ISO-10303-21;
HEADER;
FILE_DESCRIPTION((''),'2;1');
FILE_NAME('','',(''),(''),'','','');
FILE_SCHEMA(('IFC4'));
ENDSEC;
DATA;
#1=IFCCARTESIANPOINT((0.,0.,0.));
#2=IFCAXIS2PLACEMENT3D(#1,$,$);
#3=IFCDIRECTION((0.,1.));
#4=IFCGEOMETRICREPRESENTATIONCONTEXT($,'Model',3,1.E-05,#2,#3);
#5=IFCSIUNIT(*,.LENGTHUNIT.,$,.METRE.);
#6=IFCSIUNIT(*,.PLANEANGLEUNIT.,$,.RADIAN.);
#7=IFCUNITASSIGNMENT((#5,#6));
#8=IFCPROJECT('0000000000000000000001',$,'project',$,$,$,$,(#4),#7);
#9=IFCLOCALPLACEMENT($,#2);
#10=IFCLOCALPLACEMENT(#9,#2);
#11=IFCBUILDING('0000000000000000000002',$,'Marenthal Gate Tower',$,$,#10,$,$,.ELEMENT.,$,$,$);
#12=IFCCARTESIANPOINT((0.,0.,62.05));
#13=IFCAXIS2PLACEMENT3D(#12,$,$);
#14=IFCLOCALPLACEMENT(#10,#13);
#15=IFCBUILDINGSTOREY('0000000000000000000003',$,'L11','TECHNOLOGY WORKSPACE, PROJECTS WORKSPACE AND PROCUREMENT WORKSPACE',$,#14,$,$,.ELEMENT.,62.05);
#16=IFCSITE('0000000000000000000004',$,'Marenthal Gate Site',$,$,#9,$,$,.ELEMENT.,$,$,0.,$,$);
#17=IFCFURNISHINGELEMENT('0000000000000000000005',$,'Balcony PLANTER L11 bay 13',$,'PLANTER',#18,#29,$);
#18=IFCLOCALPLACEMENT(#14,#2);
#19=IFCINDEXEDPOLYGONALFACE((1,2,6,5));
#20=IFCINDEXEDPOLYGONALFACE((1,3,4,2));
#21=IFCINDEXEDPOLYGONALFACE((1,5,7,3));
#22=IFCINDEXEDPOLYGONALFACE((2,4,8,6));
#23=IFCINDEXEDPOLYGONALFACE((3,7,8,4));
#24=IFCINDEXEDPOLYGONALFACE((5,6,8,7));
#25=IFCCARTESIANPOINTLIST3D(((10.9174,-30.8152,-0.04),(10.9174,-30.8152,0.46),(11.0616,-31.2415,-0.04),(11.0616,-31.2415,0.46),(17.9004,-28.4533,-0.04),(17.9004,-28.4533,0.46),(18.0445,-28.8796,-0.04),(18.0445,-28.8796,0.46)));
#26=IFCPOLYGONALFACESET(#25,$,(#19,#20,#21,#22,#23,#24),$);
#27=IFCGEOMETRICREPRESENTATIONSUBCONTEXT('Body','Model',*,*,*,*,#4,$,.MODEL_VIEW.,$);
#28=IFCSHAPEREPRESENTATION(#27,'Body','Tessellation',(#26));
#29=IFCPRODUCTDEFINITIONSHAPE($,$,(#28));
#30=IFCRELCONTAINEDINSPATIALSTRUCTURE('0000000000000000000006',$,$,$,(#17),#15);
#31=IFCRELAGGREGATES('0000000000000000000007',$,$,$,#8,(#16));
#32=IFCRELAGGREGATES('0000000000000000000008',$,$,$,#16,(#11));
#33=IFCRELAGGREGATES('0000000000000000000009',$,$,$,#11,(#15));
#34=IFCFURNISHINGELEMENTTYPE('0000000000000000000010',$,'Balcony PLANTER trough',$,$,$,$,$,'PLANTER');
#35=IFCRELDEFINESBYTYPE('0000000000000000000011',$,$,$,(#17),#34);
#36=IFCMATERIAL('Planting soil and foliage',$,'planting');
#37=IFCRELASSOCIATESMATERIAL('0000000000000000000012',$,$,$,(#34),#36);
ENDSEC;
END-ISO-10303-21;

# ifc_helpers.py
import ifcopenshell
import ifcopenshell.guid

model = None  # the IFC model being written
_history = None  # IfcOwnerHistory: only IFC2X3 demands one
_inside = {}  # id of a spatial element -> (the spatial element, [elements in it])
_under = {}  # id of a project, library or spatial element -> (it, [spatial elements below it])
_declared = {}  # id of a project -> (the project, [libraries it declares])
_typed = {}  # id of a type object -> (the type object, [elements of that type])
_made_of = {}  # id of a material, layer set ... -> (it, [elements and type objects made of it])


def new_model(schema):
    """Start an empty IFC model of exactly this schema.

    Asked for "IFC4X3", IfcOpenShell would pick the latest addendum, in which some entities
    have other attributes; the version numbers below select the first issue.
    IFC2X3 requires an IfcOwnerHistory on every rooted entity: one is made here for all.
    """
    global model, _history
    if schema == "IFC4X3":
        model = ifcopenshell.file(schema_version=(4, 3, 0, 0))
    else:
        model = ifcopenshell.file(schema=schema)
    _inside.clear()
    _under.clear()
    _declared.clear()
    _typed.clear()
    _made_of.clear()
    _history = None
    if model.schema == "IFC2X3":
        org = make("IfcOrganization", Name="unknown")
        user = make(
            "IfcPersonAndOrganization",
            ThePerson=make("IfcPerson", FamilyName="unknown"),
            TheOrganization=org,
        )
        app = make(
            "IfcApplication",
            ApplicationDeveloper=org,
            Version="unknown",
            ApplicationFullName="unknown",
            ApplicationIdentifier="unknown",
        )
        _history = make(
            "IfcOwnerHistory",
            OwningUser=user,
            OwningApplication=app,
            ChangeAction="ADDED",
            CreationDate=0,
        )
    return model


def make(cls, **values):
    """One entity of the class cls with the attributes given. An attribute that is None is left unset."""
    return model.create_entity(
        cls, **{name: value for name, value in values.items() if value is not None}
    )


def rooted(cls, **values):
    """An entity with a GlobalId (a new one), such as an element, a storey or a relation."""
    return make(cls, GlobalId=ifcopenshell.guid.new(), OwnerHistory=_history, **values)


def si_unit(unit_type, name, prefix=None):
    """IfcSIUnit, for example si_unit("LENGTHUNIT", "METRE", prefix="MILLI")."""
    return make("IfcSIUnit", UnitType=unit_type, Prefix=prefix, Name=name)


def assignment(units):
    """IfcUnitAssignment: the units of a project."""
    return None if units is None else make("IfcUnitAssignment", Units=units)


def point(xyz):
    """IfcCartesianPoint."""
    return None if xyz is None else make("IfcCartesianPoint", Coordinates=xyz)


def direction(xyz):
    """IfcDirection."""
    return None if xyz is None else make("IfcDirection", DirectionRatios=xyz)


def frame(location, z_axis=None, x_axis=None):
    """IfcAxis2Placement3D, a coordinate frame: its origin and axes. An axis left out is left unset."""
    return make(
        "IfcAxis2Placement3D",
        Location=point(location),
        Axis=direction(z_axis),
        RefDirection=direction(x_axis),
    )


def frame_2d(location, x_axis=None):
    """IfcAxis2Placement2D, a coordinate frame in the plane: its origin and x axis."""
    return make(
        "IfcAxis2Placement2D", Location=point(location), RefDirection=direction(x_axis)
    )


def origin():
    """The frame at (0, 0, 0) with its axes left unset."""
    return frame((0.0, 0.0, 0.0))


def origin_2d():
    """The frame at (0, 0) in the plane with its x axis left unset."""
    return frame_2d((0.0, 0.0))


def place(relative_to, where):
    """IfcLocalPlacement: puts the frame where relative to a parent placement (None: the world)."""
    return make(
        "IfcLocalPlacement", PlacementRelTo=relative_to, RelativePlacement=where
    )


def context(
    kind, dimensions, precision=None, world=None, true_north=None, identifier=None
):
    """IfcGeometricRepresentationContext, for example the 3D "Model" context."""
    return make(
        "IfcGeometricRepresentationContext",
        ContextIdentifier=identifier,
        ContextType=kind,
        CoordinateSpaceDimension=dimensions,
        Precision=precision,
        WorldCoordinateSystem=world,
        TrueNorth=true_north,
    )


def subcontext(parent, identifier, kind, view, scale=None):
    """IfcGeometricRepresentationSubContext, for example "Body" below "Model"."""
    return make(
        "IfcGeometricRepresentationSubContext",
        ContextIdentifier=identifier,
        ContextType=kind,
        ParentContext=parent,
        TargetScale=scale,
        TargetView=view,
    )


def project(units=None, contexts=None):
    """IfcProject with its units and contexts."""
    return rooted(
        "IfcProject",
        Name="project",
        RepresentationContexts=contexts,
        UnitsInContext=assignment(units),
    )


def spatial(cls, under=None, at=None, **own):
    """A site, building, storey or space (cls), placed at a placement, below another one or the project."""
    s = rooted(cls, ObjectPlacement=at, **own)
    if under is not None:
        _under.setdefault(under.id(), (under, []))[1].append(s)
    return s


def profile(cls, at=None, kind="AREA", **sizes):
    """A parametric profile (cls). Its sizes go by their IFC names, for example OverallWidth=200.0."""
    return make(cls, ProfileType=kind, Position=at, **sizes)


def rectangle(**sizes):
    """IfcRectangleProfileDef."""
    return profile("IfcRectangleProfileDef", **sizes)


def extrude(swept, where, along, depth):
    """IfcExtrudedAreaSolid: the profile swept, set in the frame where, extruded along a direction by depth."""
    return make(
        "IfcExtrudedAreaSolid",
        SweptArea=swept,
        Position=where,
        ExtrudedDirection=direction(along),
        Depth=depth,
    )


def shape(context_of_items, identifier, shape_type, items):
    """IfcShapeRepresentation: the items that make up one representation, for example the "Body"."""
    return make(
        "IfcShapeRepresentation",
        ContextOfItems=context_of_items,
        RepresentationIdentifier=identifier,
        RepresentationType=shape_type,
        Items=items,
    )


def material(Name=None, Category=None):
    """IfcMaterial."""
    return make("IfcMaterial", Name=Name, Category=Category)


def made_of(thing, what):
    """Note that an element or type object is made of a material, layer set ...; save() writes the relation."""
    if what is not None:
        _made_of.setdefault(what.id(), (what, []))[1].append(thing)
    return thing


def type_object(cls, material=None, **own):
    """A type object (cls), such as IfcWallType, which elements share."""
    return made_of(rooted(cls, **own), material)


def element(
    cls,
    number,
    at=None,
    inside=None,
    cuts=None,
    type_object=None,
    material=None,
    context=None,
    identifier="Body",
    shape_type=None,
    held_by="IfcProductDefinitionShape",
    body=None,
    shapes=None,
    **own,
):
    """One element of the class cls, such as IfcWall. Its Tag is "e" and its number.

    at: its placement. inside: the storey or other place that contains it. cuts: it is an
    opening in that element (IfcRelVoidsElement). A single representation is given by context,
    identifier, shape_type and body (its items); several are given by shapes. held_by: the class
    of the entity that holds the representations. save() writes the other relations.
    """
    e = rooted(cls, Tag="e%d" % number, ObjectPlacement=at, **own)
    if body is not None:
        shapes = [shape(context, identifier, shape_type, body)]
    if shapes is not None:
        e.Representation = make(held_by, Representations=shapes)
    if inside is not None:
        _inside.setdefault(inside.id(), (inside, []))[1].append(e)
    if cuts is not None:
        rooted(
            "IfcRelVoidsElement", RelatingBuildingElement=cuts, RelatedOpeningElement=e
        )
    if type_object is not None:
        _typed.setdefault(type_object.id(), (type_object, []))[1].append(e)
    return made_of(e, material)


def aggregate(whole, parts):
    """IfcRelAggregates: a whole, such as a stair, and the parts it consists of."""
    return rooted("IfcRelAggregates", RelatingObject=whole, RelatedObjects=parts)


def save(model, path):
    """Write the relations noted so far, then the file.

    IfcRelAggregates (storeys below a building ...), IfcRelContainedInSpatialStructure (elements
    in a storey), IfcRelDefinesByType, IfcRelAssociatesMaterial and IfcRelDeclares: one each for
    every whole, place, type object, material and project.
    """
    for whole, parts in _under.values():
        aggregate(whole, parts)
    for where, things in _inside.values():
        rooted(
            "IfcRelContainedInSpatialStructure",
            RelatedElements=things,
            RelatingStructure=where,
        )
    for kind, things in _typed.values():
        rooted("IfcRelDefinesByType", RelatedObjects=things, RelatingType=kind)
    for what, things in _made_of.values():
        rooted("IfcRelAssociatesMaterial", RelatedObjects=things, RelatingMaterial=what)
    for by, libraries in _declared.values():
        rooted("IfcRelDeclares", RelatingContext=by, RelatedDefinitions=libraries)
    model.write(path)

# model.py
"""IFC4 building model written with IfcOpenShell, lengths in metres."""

from ifc_helpers import new_model, si_unit, direction, frame, origin, origin_2d, place, context, subcontext, project, spatial, rectangle, extrude, material, type_object, element, save


model = new_model("IFC4")

# Units and contexts
model_context = context("Model", 3, precision=1e-05, world=origin(), true_north=direction((0.0, 1.0)))
body_context = subcontext(model_context, "Body", "Model", "MODEL_VIEW")
ifc_project = project(units=[si_unit("LENGTHUNIT", "METRE"), si_unit("PLANEANGLEUNIT", "RADIAN")], contexts=[model_context])

# Site, building, storey
site_placement = place(None, origin())
site = spatial("IfcSite", under=ifc_project, at=site_placement, Name="Marenthal Gate Site", CompositionType="ELEMENT", RefElevation=0.0)
building_placement = place(site_placement, origin())
building = spatial("IfcBuilding", under=site, at=building_placement, Name="Marenthal Gate Tower", CompositionType="ELEMENT")
storey_placement = place(building_placement, frame((0.0, 0.0, 62.05)))
storey = spatial("IfcBuildingStorey", under=building, at=storey_placement, Name="L11", Description="TECHNOLOGY WORKSPACE, PROJECTS WORKSPACE AND PROCUREMENT WORKSPACE", CompositionType="ELEMENT", Elevation=62.05)

# Furnishing element
ifc_material_1 = material(Name="Planting soil and foliage", Category="planting")
furnishing_element_type = type_object("IfcFurnishingElementType", Name="Balcony PLANTER trough", ElementType="PLANTER", material=ifc_material_1)
furnishing_placement = place(storey_placement, frame((14.481, -29.8474, -0.04), z_axis=(0.0, 0.0, 1.0), x_axis=(0.94728, 0.320406, 0.0)))
element("IfcFurnishingElement", 1, at=furnishing_placement, inside=storey, type_object=furnishing_element_type, Name="Balcony PLANTER L11 bay 13", ObjectType="PLANTER", context=body_context, shape_type="SweptSolid", body=[
    extrude(rectangle(XDim=7.3716, YDim=0.45, at=origin_2d()), origin(), (0.0, 0.0, 1.0), 0.5),
])

save(model, "model.ifc")
